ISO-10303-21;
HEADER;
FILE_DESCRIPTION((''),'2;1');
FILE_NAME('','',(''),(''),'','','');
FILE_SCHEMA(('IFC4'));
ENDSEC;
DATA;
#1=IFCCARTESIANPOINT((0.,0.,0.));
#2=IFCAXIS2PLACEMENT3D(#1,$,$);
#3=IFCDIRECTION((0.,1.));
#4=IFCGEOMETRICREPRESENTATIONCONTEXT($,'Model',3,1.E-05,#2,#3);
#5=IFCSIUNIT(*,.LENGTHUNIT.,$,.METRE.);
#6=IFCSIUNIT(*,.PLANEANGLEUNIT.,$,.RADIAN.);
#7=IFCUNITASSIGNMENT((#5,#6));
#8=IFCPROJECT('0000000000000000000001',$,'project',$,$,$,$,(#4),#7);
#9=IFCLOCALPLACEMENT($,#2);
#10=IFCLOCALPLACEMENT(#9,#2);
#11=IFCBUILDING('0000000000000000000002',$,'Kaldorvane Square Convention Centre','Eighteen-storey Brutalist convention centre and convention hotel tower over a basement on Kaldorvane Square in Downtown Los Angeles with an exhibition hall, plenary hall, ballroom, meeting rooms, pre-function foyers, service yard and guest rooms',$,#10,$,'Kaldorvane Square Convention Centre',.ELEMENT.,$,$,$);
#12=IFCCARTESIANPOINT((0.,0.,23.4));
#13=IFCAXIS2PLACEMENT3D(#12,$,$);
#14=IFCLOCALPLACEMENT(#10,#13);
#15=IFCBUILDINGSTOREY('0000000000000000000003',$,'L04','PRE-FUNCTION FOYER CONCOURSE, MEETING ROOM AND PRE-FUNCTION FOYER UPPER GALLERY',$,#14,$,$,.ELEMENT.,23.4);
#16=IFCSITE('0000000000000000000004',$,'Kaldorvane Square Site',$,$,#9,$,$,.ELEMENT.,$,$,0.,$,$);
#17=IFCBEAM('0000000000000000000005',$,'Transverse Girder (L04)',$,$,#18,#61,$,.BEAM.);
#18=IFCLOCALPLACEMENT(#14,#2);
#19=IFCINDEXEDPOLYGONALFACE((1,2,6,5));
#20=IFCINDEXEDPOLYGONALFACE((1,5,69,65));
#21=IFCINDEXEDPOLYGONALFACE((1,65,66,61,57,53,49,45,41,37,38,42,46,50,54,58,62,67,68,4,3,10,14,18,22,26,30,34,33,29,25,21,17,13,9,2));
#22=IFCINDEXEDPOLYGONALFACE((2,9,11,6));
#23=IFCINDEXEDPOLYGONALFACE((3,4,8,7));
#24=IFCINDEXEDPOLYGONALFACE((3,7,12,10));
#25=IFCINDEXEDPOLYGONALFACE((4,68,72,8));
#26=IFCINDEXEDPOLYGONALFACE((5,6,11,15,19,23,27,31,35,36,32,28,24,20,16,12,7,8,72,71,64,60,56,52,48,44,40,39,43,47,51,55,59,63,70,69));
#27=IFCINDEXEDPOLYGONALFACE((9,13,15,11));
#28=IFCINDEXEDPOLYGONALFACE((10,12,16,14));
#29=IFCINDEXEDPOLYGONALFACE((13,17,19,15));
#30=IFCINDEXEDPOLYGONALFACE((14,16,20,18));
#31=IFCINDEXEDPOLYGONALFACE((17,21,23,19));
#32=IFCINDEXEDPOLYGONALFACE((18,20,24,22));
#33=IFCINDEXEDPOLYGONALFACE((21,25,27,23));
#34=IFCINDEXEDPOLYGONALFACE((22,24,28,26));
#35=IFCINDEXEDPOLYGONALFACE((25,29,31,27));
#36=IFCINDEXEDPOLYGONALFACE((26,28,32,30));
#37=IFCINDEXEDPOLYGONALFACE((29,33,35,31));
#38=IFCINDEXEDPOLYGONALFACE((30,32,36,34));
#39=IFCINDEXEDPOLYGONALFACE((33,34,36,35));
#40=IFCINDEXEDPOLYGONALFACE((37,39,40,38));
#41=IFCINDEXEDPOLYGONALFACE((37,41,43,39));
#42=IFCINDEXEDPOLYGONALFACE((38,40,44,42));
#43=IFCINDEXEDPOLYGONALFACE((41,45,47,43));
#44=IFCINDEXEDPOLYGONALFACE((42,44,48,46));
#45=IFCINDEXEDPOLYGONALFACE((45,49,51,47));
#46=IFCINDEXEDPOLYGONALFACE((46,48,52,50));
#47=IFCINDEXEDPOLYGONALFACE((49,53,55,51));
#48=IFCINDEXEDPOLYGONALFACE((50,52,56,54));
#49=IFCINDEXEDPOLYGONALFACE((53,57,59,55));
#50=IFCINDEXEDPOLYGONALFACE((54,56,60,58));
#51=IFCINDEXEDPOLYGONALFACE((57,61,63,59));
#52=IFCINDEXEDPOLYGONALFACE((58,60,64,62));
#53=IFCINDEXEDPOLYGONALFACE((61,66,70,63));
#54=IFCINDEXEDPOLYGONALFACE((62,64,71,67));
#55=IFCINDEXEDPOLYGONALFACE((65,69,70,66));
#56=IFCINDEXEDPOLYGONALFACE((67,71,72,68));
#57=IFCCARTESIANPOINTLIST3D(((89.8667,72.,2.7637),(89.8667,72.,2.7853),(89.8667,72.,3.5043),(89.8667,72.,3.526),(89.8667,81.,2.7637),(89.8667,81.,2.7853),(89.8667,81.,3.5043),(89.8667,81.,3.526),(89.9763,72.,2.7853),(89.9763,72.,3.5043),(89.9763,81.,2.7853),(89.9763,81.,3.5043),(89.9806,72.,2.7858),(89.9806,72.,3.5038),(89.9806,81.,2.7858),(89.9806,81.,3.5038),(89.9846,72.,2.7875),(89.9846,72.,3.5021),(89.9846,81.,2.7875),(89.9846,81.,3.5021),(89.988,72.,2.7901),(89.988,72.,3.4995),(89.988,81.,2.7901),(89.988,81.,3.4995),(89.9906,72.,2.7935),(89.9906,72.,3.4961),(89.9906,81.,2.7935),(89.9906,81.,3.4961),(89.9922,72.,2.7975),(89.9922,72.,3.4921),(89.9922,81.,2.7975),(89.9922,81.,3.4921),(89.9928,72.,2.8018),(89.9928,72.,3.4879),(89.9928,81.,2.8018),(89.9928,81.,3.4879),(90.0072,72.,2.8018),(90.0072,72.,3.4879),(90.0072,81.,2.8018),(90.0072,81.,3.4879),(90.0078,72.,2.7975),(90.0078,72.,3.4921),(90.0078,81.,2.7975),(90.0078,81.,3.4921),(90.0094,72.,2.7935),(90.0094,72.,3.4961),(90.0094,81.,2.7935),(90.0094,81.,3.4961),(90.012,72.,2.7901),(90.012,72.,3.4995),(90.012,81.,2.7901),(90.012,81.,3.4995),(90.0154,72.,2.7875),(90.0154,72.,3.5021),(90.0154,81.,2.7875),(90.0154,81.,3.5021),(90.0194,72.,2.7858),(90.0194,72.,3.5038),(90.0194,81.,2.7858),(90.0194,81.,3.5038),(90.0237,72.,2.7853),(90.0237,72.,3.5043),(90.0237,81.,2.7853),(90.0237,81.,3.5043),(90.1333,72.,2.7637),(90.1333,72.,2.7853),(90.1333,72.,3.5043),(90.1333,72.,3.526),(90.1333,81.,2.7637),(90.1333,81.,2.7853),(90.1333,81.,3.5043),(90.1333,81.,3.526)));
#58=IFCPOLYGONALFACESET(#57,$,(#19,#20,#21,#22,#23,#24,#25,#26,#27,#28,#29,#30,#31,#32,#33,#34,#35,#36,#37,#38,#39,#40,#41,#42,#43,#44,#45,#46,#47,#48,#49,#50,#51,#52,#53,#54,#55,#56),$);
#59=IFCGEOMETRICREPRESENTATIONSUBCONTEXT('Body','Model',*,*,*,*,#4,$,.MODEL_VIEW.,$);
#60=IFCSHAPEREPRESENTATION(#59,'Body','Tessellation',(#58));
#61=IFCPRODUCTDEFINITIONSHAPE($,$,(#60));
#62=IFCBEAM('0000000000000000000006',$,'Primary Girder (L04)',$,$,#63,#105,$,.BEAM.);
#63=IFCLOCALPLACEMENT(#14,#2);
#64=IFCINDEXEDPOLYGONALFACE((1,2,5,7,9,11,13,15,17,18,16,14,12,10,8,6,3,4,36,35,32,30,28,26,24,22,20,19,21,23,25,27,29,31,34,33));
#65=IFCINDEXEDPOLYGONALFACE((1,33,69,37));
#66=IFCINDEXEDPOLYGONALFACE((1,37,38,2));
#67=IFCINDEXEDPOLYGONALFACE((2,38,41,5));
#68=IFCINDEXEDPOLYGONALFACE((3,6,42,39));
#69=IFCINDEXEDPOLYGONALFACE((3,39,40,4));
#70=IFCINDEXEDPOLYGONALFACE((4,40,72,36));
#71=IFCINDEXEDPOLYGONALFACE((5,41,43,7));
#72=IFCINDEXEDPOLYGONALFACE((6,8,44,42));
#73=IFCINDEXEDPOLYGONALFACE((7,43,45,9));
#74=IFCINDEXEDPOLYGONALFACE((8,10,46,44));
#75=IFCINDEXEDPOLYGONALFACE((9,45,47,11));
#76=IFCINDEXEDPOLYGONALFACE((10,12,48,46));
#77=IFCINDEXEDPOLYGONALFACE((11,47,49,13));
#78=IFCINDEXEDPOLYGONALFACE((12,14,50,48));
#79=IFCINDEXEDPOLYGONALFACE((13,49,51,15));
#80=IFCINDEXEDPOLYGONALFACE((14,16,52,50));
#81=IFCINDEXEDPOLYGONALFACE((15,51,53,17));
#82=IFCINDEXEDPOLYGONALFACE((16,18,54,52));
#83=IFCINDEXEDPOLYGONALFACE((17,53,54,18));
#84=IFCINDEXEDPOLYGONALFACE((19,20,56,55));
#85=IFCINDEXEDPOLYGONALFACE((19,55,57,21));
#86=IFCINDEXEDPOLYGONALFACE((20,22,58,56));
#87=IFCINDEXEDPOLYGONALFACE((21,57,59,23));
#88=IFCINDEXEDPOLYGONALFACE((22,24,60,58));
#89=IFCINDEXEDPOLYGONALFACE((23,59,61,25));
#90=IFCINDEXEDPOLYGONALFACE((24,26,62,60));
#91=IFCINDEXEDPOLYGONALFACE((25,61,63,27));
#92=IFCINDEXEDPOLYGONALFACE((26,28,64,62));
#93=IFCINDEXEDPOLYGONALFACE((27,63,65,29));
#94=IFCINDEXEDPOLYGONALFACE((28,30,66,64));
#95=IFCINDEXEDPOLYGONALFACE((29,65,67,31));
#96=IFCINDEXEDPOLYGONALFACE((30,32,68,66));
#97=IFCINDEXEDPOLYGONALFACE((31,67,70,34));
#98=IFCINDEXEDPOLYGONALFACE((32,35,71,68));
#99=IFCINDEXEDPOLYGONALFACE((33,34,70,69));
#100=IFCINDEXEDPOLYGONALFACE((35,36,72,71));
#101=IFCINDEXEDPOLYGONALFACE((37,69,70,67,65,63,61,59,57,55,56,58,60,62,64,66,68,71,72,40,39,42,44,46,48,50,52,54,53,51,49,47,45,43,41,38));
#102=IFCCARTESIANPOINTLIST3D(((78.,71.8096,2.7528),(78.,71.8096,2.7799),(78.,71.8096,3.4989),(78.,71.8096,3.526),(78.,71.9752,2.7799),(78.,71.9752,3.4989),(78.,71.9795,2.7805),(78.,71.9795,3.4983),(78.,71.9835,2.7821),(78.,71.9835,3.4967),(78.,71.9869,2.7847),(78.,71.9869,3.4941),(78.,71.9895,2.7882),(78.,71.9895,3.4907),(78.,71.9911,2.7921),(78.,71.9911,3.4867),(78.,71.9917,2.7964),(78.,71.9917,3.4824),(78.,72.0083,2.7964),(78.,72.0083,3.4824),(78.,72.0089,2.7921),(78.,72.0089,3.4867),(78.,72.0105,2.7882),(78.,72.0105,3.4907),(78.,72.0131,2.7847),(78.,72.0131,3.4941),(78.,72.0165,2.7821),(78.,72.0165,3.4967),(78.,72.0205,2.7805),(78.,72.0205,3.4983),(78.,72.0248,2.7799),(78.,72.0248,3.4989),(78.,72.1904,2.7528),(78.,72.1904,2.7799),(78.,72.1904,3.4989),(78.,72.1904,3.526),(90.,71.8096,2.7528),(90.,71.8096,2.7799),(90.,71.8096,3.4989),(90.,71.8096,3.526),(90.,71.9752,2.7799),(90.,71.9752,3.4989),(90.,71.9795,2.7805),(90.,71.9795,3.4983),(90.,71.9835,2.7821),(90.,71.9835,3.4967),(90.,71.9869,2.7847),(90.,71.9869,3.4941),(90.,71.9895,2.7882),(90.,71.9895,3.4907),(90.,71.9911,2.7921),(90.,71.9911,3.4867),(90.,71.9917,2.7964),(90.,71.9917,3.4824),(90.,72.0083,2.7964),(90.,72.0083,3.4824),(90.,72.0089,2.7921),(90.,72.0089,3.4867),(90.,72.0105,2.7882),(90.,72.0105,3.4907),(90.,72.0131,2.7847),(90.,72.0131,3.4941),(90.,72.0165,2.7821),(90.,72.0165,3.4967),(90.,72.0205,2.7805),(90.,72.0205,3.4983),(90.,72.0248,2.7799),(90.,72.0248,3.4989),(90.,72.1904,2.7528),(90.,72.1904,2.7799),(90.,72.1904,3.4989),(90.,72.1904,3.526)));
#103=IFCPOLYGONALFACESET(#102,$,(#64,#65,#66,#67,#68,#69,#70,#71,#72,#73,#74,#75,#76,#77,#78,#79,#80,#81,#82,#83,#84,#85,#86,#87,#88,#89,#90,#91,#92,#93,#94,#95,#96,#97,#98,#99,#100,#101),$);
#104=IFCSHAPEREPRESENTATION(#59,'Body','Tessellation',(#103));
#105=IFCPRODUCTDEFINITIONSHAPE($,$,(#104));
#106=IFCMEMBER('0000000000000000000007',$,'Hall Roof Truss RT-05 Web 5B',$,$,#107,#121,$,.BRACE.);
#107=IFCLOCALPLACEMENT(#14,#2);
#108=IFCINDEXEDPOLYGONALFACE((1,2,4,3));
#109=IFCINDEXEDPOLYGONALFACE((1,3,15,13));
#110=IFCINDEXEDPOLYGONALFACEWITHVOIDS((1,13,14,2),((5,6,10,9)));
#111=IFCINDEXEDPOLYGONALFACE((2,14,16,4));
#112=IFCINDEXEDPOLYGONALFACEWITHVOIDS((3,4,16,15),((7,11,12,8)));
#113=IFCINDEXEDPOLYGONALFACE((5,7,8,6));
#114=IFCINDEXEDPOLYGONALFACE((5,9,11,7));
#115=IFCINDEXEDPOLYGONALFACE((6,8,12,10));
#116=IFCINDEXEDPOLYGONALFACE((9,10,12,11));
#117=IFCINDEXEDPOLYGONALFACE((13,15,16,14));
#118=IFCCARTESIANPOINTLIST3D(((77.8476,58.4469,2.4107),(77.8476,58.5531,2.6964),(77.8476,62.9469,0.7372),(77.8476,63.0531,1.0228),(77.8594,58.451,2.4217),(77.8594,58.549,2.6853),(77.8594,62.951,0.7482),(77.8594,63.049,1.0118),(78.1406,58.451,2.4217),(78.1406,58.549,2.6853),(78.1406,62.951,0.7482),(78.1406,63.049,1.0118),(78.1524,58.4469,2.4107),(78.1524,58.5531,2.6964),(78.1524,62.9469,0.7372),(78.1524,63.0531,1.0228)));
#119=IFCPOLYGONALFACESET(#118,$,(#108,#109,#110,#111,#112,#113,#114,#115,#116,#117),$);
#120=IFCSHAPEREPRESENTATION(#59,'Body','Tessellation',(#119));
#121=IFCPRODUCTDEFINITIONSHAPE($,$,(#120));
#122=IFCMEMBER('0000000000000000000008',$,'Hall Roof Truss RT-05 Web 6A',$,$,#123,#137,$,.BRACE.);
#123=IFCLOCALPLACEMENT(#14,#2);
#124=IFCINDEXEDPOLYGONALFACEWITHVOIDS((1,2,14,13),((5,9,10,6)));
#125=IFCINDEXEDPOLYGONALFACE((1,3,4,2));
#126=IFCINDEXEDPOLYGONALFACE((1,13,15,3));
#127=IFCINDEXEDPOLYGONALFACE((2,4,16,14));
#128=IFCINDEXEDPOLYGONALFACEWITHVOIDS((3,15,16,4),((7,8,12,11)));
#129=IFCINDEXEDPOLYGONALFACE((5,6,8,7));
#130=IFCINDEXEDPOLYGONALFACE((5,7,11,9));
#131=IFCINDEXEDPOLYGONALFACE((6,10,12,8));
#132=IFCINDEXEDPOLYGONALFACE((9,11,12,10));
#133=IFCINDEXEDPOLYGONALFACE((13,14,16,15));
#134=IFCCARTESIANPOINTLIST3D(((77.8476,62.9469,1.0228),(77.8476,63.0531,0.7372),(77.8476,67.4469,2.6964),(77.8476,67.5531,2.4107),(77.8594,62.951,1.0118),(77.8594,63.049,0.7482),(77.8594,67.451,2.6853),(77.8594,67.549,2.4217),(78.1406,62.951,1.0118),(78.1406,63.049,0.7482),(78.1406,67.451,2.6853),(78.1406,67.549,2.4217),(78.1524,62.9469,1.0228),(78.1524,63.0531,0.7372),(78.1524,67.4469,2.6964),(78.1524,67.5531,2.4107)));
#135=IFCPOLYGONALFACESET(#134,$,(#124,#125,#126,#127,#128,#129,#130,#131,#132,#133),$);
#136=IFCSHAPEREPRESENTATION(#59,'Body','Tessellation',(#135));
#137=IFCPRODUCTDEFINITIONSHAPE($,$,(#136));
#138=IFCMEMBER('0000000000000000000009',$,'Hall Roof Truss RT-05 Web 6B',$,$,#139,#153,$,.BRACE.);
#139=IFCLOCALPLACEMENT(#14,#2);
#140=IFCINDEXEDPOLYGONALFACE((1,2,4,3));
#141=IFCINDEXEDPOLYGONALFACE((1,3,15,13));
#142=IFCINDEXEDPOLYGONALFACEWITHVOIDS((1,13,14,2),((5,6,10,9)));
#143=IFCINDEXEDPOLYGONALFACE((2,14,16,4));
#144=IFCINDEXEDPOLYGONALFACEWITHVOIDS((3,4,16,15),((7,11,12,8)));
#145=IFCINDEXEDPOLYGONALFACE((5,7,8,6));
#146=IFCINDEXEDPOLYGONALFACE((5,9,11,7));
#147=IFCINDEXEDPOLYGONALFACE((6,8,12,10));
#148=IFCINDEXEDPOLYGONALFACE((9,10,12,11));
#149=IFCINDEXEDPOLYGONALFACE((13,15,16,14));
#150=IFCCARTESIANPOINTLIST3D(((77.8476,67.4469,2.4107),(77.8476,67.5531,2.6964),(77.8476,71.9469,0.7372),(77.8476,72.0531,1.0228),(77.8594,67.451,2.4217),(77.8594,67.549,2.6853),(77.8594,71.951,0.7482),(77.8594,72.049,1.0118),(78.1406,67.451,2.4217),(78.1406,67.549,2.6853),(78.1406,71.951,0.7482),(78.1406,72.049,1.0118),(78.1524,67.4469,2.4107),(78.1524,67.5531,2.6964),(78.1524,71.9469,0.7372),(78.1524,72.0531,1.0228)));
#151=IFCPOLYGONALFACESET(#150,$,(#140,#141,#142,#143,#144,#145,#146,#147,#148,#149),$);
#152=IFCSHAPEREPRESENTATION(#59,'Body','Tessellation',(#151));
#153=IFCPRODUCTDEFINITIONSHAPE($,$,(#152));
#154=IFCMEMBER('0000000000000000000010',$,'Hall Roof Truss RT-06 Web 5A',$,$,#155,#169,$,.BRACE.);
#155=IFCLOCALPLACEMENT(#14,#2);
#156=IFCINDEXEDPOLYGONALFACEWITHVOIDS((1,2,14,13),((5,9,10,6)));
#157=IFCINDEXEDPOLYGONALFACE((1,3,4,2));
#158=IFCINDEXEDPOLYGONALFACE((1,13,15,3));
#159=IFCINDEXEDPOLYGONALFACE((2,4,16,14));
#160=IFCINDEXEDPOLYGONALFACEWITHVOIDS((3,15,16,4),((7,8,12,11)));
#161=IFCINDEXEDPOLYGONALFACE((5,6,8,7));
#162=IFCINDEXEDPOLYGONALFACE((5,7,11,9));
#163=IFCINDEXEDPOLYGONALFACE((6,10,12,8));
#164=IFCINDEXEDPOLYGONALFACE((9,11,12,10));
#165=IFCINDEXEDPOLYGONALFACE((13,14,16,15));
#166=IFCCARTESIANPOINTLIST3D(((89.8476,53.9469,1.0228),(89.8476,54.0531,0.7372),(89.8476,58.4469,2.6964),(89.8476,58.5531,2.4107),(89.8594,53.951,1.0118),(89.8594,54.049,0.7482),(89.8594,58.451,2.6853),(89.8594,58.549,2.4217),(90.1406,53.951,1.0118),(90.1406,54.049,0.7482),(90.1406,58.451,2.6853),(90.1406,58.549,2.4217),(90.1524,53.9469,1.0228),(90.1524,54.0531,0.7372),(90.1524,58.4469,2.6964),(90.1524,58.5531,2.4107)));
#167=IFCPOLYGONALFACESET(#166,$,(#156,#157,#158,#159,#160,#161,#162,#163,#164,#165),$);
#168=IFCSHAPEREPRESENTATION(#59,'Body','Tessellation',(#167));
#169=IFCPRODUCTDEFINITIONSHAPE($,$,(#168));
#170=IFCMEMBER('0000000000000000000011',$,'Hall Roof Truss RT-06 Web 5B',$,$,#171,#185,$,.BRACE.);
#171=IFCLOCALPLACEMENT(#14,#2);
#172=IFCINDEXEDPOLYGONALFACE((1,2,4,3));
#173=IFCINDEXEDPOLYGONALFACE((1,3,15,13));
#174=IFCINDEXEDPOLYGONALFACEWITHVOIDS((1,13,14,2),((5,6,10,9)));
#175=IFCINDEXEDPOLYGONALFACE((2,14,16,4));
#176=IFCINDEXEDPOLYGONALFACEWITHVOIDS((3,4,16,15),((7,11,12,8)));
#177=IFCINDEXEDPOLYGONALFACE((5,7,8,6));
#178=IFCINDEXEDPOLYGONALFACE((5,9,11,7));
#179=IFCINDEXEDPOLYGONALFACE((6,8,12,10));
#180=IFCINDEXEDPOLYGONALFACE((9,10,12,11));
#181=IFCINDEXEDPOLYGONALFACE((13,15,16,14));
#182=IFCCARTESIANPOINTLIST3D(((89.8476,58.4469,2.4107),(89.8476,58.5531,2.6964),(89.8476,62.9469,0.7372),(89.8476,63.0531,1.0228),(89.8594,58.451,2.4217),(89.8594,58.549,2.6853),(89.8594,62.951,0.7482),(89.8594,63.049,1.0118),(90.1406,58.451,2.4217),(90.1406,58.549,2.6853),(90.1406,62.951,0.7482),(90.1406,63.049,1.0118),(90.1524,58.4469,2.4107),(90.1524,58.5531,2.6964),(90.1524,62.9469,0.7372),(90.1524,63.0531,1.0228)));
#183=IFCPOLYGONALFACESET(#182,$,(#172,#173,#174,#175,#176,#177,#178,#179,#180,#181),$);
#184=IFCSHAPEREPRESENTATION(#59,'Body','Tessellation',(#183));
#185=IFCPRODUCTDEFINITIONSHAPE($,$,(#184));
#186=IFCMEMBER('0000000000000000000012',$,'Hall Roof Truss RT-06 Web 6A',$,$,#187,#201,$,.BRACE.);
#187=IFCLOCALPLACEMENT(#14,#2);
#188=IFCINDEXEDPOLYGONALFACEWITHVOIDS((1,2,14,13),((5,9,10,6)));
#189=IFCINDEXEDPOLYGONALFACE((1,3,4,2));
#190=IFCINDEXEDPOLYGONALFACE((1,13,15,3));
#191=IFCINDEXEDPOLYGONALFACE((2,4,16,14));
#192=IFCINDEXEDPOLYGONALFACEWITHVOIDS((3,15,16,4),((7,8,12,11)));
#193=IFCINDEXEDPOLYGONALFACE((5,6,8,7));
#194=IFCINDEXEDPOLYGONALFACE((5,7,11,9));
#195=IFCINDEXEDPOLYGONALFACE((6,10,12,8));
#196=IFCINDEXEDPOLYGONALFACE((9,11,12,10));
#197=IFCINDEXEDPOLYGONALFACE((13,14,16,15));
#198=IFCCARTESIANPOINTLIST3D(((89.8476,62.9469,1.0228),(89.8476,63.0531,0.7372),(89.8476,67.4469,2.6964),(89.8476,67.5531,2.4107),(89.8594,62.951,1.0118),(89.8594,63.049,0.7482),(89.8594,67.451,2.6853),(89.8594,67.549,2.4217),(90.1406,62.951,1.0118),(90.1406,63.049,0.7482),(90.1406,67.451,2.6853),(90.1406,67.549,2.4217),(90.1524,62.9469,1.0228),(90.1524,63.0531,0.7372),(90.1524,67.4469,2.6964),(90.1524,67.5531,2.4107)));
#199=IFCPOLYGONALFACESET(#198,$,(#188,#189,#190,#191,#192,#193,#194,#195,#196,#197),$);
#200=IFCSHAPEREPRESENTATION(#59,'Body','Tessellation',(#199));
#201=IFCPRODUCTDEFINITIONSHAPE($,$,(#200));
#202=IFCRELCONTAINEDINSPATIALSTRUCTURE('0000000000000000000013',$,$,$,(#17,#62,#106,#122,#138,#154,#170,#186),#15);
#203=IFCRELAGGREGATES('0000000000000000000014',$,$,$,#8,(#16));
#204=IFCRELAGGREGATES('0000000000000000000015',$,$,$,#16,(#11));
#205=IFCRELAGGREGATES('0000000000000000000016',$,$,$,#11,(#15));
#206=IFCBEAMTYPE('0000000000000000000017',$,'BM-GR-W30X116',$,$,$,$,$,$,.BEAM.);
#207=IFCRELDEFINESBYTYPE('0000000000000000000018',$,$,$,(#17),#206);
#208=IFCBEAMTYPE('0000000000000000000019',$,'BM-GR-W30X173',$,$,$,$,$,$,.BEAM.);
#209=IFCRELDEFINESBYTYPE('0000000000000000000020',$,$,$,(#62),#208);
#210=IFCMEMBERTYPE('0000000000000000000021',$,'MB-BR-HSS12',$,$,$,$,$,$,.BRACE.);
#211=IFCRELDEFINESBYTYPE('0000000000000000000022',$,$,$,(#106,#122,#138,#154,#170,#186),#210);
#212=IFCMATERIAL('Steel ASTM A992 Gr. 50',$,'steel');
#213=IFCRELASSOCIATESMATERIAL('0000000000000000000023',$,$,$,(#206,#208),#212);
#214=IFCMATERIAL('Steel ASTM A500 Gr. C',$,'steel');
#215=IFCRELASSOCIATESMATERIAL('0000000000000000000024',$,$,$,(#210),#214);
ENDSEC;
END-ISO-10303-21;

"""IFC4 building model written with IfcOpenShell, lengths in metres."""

from ifc_helpers import new_model, si_unit, direction, frame, origin, origin_2d, place, context, subcontext, project, spatial, hollow_rectangle, i_section, extrude, material, material_profile, profile_set, type_object, element, save


model = new_model("IFC4")

# Units and contexts
model_context = context("Model", 3, precision=1e-05, world=origin(), true_north=direction((0.0, 1.0)))
body_context = subcontext(model_context, "Body", "Model", "MODEL_VIEW")
ifc_project = project(units=[si_unit("LENGTHUNIT", "METRE"), si_unit("PLANEANGLEUNIT", "RADIAN")], contexts=[model_context])

# Site, building, storey
site_placement = place(None, origin())
site = spatial("IfcSite", under=ifc_project, at=site_placement, Name="Kaldorvane Square Site", CompositionType="ELEMENT", RefElevation=0.0)
building_placement = place(site_placement, origin())
building = spatial("IfcBuilding", under=site, at=building_placement, Name="Kaldorvane Square Convention Centre", Description="Eighteen-storey Brutalist convention centre and convention hotel tower over a basement on Kaldorvane Square in Downtown Los Angeles with an exhibition hall, plenary hall, ballroom, meeting rooms, pre-function foyers, service yard and guest rooms", LongName="Kaldorvane Square Convention Centre", CompositionType="ELEMENT")
storey_placement = place(building_placement, frame((0.0, 0.0, 23.4)))
storey = spatial("IfcBuildingStorey", under=building, at=storey_placement, Name="L04", Description="PRE-FUNCTION FOYER CONCOURSE, MEETING ROOM AND PRE-FUNCTION FOYER UPPER GALLERY", CompositionType="ELEMENT", Elevation=23.4)

# Beams
ifc_material_1 = material(Name="Steel ASTM A992 Gr. 50", Category="steel")
ifc_material_profile_1 = material_profile(ifc_material_1, i_section(OverallWidth=0.2666, OverallDepth=0.7623, WebThickness=0.0144, FlangeThickness=0.0216, FilletRadius=0.0165, at=origin_2d()), Name="W30X116")
ifc_profile_set_1 = profile_set([ifc_material_profile_1], Name="Steel ASTM A992 Gr. 50")
beam_type_1 = type_object("IfcBeamType", Name="BM-GR-W30X116", PredefinedType="BEAM", material=ifc_profile_set_1)
for number, where, z_axis, x_axis, name in (
    (1, (90.0, 72.0, 3.1448), (0.0, 1.0, 0.0), (-1.0, 0.0, 0.0), "Transverse Girder (L04)"),
):
    element("IfcBeam", number, at=place(storey_placement, frame(where, z_axis=z_axis, x_axis=x_axis)), inside=storey, type_object=beam_type_1, Name=name, PredefinedType="BEAM", context=body_context, shape_type="SweptSolid", body=[
        extrude(i_section(OverallWidth=0.2666, OverallDepth=0.7623, WebThickness=0.0144, FlangeThickness=0.0216, FilletRadius=0.0165, at=origin_2d()), origin(), (0.0, 0.0, 1.0), 9.0),
    ])
ifc_material_profile_2 = material_profile(ifc_material_1, i_section(OverallWidth=0.3807, OverallDepth=0.7732, WebThickness=0.0166, FlangeThickness=0.0271, FilletRadius=0.0165, at=origin_2d()), Name="W30X173")
ifc_profile_set_2 = profile_set([ifc_material_profile_2], Name="Steel ASTM A992 Gr. 50")
beam_type_2 = type_object("IfcBeamType", Name="BM-GR-W30X173", PredefinedType="BEAM", material=ifc_profile_set_2)
beam_placement = place(storey_placement, frame((78.0, 72.0, 3.1394), z_axis=(1.0, 0.0, 0.0), x_axis=(0.0, 1.0, 0.0)))
element("IfcBeam", 2, at=beam_placement, inside=storey, type_object=beam_type_2, Name="Primary Girder (L04)", PredefinedType="BEAM", context=body_context, shape_type="SweptSolid", body=[
    extrude(i_section(OverallWidth=0.3807, OverallDepth=0.7732, WebThickness=0.0166, FlangeThickness=0.0271, FilletRadius=0.0165, at=origin_2d()), origin(), (0.0, 0.0, 1.0), 12.0),
])

# Members
ifc_material_2 = material(Name="Steel ASTM A500 Gr. C", Category="steel")
ifc_material_profile_3 = material_profile(ifc_material_2, hollow_rectangle(XDim=0.3048, YDim=0.3048, WallThickness=0.0118, at=origin_2d()), Name="HSS12X12X1/2")
ifc_profile_set_3 = profile_set([ifc_material_profile_3], Name="Steel ASTM A500 Gr. C")
member_type_1 = type_object("IfcMemberType", Name="MB-BR-HSS12", PredefinedType="BRACE", material=ifc_profile_set_3)
for number, where, z_axis, x_axis, name in (
    (3, (78.0, 58.5, 2.5535), (0.0, 0.937284, -0.348567), (-1.0, 0.0, 0.0), "Hall Roof Truss RT-05 Web 5B"),
    (4, (78.0, 63.0, 0.88), (0.0, 0.937284, 0.348567), (-1.0, 0.0, 0.0), "Hall Roof Truss RT-05 Web 6A"),
    (5, (78.0, 67.5, 2.5535), (0.0, 0.937284, -0.348567), (-1.0, 0.0, 0.0), "Hall Roof Truss RT-05 Web 6B"),
    (6, (90.0, 54.0, 0.88), (0.0, 0.937284, 0.348567), (-1.0, 0.0, 0.0), "Hall Roof Truss RT-06 Web 5A"),
    (7, (90.0, 58.5, 2.5535), (0.0, 0.937284, -0.348567), (-1.0, 0.0, 0.0), "Hall Roof Truss RT-06 Web 5B"),
    (8, (90.0, 63.0, 0.88), (0.0, 0.937284, 0.348567), (-1.0, 0.0, 0.0), "Hall Roof Truss RT-06 Web 6A"),
):
    element("IfcMember", number, at=place(storey_placement, frame(where, z_axis=z_axis, x_axis=x_axis)), inside=storey, type_object=member_type_1, Name=name, PredefinedType="BRACE", context=body_context, shape_type="SweptSolid", body=[
        extrude(hollow_rectangle(XDim=0.3048, YDim=0.3048, WallThickness=0.0118, at=origin_2d()), origin(), (0.0, 0.0, 1.0), 4.8011),
    ])

save(model, "model.ifc")
